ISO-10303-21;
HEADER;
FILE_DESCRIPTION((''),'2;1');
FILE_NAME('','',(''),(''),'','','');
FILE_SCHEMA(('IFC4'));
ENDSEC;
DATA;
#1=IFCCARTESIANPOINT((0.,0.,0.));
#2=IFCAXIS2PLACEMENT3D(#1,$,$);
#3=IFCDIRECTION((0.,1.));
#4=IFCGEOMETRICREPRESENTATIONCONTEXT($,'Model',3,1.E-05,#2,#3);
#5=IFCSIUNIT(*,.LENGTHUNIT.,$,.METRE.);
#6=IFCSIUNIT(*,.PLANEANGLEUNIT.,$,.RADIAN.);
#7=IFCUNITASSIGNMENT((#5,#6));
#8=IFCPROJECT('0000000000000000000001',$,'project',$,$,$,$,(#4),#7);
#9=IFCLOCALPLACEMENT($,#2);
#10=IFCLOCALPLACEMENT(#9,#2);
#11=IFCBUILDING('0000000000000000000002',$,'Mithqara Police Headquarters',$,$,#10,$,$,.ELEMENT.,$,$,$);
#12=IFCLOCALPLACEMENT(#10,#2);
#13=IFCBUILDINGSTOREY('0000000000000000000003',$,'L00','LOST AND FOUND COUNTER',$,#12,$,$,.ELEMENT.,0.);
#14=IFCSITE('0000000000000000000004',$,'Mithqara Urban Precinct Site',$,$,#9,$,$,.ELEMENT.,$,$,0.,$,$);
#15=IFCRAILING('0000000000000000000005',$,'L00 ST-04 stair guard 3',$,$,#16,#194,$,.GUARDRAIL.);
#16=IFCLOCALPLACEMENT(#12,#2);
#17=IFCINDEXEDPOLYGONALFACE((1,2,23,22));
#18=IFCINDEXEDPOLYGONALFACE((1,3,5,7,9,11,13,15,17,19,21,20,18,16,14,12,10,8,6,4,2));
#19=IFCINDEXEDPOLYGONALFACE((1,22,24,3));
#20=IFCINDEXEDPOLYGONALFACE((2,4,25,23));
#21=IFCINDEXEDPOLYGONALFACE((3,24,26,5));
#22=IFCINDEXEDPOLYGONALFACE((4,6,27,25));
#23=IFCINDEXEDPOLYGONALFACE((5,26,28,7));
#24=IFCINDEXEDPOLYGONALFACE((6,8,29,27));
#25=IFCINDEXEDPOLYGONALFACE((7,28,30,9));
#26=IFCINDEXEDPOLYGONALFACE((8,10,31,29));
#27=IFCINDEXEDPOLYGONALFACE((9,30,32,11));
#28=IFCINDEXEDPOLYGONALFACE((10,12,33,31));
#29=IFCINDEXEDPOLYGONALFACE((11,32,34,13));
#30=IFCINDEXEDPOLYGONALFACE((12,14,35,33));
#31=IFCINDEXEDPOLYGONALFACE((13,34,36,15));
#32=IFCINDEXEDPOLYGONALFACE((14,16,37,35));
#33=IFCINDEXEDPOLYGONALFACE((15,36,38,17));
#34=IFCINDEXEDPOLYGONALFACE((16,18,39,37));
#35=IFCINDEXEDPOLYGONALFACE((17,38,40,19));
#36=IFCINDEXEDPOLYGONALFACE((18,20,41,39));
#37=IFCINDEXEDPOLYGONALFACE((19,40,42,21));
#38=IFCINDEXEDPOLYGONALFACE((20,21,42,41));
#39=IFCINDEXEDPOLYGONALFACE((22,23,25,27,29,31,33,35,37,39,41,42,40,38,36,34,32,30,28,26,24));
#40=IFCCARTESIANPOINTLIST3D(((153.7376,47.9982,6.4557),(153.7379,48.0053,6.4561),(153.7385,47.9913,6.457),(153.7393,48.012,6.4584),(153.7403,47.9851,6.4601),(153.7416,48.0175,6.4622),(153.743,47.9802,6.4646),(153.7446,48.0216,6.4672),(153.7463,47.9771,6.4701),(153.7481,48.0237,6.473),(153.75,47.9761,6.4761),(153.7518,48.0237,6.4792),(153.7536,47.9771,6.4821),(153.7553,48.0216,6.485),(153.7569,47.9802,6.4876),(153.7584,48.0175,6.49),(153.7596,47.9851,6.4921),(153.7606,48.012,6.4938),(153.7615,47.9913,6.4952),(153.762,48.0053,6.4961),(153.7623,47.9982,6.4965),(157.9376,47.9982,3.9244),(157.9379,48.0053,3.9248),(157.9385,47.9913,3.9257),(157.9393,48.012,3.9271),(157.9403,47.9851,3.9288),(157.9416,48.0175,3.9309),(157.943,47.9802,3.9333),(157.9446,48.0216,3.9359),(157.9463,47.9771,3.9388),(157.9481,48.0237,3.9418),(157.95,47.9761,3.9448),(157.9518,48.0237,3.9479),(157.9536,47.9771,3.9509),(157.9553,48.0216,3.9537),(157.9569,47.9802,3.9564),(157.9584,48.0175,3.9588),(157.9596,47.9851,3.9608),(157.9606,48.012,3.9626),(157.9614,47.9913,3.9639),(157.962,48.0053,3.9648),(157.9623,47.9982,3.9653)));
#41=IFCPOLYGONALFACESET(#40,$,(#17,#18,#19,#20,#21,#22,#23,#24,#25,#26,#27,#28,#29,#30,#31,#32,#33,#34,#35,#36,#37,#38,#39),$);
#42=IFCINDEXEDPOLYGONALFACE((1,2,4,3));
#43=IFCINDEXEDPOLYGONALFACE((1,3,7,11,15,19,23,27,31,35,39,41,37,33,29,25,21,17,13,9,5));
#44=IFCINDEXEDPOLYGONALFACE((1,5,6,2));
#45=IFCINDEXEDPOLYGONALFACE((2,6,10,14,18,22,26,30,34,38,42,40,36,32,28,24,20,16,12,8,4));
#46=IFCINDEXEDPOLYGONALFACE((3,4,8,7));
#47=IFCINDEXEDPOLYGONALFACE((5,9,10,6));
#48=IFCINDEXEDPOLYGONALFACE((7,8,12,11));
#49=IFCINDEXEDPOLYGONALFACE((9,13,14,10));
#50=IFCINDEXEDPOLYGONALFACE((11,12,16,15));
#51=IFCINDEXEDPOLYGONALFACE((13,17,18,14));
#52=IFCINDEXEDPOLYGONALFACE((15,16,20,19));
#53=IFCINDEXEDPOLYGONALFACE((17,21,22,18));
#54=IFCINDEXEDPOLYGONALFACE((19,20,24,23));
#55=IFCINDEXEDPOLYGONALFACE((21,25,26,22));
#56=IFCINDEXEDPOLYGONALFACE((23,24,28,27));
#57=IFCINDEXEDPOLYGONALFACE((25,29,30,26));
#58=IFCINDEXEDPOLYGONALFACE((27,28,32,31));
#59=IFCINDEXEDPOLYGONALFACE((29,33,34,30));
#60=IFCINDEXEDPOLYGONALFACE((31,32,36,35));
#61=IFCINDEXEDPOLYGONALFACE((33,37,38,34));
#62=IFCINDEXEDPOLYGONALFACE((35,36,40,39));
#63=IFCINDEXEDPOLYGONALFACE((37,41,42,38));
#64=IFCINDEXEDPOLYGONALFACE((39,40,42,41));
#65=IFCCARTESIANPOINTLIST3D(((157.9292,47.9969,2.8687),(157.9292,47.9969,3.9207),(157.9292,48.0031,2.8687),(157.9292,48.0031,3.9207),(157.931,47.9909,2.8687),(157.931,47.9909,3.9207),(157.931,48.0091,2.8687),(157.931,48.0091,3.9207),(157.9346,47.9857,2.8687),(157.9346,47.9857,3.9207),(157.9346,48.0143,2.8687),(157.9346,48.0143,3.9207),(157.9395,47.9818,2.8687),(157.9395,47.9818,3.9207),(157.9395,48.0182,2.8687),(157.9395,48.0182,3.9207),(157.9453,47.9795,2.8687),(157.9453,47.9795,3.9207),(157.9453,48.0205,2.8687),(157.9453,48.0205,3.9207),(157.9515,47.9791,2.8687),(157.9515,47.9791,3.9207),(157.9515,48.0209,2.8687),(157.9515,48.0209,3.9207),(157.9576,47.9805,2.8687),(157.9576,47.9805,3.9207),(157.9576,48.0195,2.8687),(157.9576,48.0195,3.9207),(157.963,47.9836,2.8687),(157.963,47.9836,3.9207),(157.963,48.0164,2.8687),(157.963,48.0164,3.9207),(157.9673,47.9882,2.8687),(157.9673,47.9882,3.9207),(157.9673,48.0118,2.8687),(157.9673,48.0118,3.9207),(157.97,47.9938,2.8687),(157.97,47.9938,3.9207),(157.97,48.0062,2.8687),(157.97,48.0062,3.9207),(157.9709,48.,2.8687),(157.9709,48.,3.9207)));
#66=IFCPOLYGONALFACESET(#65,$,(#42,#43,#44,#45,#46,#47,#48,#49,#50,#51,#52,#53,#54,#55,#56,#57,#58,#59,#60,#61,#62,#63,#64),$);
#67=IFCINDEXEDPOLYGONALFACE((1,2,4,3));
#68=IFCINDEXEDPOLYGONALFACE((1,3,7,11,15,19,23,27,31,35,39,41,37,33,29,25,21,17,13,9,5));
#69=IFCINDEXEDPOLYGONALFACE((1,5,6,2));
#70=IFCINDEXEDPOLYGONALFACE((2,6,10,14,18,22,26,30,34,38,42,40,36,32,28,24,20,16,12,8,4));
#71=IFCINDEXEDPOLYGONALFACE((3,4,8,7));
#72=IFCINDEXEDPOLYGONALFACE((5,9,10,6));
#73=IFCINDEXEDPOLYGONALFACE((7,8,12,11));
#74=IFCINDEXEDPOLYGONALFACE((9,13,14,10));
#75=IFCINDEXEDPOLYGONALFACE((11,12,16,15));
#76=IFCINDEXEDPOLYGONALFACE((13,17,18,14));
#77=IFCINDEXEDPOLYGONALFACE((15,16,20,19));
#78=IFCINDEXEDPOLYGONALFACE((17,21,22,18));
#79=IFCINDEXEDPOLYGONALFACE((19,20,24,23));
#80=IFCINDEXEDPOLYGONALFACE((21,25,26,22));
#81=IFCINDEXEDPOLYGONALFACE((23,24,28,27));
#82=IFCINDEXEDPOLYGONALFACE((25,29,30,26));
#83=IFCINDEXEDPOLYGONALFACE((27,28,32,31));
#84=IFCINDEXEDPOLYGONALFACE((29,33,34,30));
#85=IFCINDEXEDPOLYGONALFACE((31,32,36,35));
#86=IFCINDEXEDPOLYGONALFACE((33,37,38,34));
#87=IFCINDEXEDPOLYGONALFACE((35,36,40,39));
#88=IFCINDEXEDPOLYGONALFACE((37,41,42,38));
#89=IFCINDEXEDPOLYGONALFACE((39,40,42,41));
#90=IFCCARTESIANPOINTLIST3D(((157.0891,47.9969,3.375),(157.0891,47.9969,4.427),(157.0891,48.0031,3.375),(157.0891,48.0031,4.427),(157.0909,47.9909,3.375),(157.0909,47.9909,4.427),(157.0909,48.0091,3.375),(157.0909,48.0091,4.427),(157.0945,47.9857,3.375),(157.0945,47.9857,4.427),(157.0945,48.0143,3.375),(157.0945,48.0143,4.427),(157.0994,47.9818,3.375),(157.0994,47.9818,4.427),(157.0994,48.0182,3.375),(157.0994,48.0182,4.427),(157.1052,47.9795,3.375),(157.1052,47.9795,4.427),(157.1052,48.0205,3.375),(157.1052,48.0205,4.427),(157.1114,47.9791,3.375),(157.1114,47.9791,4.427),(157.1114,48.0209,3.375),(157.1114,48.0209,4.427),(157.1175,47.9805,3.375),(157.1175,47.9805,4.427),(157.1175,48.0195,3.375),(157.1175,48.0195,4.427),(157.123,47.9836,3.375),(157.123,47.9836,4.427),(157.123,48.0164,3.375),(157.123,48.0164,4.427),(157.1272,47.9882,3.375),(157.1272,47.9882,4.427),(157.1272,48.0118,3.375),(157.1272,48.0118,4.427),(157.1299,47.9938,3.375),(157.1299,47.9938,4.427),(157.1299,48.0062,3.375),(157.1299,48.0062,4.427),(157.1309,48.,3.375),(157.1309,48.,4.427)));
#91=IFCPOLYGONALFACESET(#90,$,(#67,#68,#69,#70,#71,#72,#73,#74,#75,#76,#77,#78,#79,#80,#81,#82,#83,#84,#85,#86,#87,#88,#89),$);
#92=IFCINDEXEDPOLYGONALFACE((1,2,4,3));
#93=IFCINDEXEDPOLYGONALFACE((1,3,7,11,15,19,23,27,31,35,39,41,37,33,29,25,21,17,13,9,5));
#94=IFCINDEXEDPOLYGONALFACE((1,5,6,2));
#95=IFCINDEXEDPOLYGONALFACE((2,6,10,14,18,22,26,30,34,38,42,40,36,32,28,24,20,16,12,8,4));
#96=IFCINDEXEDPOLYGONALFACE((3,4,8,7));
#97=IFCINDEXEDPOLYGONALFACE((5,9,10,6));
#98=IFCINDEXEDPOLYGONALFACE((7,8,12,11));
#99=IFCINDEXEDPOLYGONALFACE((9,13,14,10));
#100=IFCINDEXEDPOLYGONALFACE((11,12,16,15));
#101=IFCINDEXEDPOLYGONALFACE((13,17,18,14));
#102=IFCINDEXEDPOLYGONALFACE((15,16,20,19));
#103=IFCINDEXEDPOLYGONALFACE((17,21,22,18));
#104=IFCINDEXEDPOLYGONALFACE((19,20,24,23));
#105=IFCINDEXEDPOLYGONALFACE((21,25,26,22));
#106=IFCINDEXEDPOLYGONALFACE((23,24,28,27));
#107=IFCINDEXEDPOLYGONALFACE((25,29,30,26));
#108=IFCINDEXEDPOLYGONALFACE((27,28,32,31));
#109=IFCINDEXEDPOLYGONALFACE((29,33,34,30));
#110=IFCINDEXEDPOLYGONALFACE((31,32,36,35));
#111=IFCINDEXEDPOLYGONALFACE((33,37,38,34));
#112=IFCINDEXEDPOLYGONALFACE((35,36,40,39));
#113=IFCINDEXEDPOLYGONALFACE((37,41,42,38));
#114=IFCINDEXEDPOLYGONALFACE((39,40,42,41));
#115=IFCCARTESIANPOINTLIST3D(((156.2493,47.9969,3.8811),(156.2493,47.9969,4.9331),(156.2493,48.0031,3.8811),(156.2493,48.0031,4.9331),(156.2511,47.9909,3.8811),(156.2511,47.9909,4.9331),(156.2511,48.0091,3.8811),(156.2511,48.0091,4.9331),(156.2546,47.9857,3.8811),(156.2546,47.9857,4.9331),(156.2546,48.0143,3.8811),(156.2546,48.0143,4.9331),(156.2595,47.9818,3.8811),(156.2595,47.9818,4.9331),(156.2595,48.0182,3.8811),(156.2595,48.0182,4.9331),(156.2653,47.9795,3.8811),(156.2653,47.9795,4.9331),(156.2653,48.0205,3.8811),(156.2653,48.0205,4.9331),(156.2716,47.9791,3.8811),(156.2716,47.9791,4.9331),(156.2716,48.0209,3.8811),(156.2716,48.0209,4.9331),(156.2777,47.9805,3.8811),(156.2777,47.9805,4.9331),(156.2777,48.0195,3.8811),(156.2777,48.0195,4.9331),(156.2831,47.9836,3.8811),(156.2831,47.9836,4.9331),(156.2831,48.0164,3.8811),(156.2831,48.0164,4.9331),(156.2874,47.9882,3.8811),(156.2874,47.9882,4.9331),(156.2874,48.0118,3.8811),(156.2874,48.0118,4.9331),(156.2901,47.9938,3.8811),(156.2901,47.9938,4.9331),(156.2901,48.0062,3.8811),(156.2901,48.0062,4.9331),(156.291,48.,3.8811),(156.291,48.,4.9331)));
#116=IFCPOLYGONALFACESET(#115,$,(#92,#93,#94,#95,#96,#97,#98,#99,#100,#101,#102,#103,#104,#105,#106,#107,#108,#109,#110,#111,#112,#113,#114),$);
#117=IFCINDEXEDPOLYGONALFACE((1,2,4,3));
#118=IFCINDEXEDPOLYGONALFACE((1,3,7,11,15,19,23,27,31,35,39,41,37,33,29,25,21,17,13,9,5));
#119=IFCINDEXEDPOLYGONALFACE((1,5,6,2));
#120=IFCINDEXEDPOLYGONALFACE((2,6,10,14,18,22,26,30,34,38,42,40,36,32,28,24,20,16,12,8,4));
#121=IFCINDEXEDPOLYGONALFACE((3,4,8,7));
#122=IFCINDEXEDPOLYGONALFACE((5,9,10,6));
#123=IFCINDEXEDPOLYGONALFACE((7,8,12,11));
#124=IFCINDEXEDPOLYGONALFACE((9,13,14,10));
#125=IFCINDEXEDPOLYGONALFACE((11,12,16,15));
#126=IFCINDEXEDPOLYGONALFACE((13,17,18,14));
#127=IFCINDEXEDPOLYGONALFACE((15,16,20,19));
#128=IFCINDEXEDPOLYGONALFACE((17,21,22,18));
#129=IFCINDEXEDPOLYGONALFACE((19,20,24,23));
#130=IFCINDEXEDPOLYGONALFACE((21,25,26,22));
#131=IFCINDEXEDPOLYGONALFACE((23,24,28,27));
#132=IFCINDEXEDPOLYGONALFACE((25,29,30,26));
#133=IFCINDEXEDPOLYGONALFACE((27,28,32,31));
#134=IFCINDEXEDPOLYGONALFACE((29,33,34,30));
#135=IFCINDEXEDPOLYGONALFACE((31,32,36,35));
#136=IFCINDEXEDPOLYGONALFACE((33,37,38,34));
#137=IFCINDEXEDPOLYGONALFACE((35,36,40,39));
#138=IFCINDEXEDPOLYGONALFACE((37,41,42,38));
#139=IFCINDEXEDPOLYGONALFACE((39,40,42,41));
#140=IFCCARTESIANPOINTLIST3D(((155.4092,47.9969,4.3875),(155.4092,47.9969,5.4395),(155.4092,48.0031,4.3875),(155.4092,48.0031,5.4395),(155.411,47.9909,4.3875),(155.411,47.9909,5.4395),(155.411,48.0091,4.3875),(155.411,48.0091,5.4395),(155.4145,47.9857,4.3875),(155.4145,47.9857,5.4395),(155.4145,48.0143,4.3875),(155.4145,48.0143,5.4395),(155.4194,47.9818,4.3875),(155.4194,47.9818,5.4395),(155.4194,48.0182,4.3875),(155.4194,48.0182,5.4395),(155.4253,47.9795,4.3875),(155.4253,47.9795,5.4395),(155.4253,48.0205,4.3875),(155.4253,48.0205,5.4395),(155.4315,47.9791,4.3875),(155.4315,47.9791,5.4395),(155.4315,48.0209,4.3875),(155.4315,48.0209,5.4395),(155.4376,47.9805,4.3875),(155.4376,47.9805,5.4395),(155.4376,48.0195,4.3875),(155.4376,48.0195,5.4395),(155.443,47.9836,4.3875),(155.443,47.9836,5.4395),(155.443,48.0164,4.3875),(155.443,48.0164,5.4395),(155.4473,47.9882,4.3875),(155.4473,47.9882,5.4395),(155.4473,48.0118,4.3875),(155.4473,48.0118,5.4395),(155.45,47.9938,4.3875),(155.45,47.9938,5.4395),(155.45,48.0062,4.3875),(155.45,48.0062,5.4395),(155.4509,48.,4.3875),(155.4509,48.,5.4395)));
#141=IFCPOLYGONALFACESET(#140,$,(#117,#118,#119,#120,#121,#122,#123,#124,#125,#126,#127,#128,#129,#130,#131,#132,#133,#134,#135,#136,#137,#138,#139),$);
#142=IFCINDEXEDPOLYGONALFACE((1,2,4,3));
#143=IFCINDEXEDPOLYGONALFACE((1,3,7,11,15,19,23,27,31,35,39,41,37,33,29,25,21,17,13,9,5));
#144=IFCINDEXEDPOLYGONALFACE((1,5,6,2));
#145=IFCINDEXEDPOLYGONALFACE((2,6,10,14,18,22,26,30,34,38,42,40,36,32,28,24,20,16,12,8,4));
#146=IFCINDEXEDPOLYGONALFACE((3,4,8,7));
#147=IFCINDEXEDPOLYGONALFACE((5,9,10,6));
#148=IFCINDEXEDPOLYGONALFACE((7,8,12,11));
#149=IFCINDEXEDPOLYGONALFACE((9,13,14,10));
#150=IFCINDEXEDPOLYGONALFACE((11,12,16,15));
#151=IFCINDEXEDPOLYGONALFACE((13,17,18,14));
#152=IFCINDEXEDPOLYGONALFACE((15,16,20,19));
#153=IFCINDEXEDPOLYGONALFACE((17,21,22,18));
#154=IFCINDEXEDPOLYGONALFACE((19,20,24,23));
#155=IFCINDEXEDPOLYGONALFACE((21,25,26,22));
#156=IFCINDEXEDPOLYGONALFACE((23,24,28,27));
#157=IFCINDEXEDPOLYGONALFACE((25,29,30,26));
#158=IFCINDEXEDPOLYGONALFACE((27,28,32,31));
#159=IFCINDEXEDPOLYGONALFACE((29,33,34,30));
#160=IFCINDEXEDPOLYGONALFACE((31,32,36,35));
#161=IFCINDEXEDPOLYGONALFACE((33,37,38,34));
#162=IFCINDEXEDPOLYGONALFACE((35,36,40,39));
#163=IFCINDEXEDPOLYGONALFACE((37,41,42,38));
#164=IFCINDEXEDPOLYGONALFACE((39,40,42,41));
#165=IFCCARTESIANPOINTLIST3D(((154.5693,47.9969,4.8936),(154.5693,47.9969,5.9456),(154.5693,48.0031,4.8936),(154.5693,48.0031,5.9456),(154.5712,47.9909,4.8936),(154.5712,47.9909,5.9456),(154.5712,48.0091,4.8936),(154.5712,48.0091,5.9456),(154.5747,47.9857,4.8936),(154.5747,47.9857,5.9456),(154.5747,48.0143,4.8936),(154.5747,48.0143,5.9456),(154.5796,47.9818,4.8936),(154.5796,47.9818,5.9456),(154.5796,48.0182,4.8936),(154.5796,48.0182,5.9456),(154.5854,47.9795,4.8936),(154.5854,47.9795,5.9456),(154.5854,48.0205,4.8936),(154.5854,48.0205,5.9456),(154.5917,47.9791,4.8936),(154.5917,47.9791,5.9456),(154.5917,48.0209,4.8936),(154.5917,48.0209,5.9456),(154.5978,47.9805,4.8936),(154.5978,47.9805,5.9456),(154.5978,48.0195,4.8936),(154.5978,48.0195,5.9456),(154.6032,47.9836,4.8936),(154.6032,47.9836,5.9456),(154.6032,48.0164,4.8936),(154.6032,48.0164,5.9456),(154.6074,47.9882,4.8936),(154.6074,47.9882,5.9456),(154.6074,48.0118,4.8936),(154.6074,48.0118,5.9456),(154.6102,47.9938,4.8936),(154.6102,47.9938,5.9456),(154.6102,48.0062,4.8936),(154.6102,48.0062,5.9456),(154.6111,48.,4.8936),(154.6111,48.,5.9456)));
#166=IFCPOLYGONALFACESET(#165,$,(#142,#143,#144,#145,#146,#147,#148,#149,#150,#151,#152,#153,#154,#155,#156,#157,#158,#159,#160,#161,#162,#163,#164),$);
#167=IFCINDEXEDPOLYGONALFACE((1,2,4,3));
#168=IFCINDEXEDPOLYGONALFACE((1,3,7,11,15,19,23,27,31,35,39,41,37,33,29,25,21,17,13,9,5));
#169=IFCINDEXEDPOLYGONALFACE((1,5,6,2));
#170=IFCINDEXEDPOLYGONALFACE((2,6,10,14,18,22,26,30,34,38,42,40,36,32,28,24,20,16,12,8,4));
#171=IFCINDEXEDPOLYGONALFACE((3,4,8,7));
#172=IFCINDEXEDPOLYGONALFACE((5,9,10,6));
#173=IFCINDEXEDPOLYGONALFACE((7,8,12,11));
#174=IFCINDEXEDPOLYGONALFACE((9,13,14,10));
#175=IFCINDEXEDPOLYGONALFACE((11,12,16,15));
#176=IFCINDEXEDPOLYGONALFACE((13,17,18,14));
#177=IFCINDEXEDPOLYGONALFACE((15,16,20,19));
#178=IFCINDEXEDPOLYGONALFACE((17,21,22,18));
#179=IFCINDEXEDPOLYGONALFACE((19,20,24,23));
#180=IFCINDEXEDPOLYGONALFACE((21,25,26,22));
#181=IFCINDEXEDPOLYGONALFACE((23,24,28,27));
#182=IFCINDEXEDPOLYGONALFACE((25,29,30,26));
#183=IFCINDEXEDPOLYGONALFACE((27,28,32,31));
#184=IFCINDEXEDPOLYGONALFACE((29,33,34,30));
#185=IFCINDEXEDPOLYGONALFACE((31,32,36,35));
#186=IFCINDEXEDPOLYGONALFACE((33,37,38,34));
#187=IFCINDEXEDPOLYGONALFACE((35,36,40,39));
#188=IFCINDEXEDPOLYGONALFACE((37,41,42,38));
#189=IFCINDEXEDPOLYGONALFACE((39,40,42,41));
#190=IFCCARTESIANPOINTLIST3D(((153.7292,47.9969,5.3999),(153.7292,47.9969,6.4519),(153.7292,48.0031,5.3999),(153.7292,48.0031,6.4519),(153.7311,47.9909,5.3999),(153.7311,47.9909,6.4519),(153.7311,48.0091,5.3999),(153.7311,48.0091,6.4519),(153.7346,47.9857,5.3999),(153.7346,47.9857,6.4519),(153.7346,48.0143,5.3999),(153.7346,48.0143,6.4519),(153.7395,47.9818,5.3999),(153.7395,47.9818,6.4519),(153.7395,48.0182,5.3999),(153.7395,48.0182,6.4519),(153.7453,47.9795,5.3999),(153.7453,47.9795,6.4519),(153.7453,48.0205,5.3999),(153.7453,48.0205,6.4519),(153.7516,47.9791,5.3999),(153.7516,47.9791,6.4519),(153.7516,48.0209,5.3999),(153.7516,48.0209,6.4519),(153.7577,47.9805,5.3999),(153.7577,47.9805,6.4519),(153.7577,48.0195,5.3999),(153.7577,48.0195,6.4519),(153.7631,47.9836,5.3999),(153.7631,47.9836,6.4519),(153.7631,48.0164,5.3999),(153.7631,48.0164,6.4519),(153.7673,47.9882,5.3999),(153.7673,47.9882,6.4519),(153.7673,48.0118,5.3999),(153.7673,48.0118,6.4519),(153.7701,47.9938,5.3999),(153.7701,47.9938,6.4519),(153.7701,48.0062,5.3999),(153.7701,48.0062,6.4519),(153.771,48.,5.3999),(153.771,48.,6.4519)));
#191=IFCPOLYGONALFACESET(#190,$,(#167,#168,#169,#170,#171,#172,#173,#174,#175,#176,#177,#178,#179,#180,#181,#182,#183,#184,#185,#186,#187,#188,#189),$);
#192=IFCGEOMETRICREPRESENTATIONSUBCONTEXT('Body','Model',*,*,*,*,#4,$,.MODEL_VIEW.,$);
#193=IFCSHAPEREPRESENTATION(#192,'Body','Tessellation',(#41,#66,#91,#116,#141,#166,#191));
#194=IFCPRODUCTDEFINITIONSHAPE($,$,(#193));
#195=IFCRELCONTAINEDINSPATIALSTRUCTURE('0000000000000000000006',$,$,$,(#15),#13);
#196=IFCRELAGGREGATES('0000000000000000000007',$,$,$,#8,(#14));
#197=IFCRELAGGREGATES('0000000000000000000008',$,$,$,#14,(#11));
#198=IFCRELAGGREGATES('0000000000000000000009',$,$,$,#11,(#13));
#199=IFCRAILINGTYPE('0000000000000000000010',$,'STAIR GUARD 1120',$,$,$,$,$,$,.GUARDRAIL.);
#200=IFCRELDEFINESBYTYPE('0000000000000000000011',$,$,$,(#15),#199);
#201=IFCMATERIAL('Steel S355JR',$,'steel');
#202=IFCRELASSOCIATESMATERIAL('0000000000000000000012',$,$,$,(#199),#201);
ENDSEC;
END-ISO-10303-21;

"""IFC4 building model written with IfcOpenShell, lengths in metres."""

from ifc_helpers import new_model, si_unit, direction, frame, origin, origin_2d, place, context, subcontext, project, spatial, circle, extrude, material, type_object, element, save


model = new_model("IFC4")

# Units and contexts
model_context = context("Model", 3, precision=1e-05, world=origin(), true_north=direction((0.0, 1.0)))
body_context = subcontext(model_context, "Body", "Model", "MODEL_VIEW")
ifc_project = project(units=[si_unit("LENGTHUNIT", "METRE"), si_unit("PLANEANGLEUNIT", "RADIAN")], contexts=[model_context])

# Site, building, storey
site_placement = place(None, origin())
site = spatial("IfcSite", under=ifc_project, at=site_placement, Name="Mithqara Urban Precinct Site", CompositionType="ELEMENT", RefElevation=0.0)
building_placement = place(site_placement, origin())
building = spatial("IfcBuilding", under=site, at=building_placement, Name="Mithqara Police Headquarters", CompositionType="ELEMENT")
storey_placement = place(building_placement, origin())
storey = spatial("IfcBuildingStorey", under=building, at=storey_placement, Name="L00", Description="LOST AND FOUND COUNTER", CompositionType="ELEMENT", Elevation=0.0)

# Shared definitions
ifc_material_1 = material(Name="Steel S355JR", Category="steel")

# Railing
railing_type_1 = type_object("IfcRailingType", Name="STAIR GUARD 1120", PredefinedType="GUARDRAIL", material=ifc_material_1)
railing_1_placement = place(storey_placement, frame((157.95, 48.0, 2.8687)))
element("IfcRailing", 1, at=railing_1_placement, inside=storey, type_object=railing_type_1, Name="L00 ST-04 stair guard 3", PredefinedType="GUARDRAIL", context=body_context, shape_type="SweptSolid", body=[
    extrude(circle(Radius=0.0239, at=origin_2d()), frame((0.0, 0.0, 1.0762), z_axis=(-0.856476, 0.0, 0.516186), x_axis=(0.0, -1.0, 0.0)), (0.0, 0.0, 1.0), 4.9038),
    extrude(circle(Radius=0.021, at=origin_2d()), origin(), (0.0, 0.0, 1.0), 1.052),
    extrude(circle(Radius=0.021, at=origin_2d()), frame((-0.8401, 0.0, 0.5063)), (0.0, 0.0, 1.0), 1.052),
    extrude(circle(Radius=0.021, at=origin_2d()), frame((-1.6799, 0.0, 1.0125)), (0.0, 0.0, 1.0), 1.052),
    extrude(circle(Radius=0.021, at=origin_2d()), frame((-2.52, 0.0, 1.5188)), (0.0, 0.0, 1.0), 1.052),
    extrude(circle(Radius=0.021, at=origin_2d()), frame((-3.3599, 0.0, 2.0249)), (0.0, 0.0, 1.0), 1.052),
    extrude(circle(Radius=0.021, at=origin_2d()), frame((-4.2, 0.0, 2.5312)), (0.0, 0.0, 1.0), 1.052),
])

save(model, "model.ifc")
